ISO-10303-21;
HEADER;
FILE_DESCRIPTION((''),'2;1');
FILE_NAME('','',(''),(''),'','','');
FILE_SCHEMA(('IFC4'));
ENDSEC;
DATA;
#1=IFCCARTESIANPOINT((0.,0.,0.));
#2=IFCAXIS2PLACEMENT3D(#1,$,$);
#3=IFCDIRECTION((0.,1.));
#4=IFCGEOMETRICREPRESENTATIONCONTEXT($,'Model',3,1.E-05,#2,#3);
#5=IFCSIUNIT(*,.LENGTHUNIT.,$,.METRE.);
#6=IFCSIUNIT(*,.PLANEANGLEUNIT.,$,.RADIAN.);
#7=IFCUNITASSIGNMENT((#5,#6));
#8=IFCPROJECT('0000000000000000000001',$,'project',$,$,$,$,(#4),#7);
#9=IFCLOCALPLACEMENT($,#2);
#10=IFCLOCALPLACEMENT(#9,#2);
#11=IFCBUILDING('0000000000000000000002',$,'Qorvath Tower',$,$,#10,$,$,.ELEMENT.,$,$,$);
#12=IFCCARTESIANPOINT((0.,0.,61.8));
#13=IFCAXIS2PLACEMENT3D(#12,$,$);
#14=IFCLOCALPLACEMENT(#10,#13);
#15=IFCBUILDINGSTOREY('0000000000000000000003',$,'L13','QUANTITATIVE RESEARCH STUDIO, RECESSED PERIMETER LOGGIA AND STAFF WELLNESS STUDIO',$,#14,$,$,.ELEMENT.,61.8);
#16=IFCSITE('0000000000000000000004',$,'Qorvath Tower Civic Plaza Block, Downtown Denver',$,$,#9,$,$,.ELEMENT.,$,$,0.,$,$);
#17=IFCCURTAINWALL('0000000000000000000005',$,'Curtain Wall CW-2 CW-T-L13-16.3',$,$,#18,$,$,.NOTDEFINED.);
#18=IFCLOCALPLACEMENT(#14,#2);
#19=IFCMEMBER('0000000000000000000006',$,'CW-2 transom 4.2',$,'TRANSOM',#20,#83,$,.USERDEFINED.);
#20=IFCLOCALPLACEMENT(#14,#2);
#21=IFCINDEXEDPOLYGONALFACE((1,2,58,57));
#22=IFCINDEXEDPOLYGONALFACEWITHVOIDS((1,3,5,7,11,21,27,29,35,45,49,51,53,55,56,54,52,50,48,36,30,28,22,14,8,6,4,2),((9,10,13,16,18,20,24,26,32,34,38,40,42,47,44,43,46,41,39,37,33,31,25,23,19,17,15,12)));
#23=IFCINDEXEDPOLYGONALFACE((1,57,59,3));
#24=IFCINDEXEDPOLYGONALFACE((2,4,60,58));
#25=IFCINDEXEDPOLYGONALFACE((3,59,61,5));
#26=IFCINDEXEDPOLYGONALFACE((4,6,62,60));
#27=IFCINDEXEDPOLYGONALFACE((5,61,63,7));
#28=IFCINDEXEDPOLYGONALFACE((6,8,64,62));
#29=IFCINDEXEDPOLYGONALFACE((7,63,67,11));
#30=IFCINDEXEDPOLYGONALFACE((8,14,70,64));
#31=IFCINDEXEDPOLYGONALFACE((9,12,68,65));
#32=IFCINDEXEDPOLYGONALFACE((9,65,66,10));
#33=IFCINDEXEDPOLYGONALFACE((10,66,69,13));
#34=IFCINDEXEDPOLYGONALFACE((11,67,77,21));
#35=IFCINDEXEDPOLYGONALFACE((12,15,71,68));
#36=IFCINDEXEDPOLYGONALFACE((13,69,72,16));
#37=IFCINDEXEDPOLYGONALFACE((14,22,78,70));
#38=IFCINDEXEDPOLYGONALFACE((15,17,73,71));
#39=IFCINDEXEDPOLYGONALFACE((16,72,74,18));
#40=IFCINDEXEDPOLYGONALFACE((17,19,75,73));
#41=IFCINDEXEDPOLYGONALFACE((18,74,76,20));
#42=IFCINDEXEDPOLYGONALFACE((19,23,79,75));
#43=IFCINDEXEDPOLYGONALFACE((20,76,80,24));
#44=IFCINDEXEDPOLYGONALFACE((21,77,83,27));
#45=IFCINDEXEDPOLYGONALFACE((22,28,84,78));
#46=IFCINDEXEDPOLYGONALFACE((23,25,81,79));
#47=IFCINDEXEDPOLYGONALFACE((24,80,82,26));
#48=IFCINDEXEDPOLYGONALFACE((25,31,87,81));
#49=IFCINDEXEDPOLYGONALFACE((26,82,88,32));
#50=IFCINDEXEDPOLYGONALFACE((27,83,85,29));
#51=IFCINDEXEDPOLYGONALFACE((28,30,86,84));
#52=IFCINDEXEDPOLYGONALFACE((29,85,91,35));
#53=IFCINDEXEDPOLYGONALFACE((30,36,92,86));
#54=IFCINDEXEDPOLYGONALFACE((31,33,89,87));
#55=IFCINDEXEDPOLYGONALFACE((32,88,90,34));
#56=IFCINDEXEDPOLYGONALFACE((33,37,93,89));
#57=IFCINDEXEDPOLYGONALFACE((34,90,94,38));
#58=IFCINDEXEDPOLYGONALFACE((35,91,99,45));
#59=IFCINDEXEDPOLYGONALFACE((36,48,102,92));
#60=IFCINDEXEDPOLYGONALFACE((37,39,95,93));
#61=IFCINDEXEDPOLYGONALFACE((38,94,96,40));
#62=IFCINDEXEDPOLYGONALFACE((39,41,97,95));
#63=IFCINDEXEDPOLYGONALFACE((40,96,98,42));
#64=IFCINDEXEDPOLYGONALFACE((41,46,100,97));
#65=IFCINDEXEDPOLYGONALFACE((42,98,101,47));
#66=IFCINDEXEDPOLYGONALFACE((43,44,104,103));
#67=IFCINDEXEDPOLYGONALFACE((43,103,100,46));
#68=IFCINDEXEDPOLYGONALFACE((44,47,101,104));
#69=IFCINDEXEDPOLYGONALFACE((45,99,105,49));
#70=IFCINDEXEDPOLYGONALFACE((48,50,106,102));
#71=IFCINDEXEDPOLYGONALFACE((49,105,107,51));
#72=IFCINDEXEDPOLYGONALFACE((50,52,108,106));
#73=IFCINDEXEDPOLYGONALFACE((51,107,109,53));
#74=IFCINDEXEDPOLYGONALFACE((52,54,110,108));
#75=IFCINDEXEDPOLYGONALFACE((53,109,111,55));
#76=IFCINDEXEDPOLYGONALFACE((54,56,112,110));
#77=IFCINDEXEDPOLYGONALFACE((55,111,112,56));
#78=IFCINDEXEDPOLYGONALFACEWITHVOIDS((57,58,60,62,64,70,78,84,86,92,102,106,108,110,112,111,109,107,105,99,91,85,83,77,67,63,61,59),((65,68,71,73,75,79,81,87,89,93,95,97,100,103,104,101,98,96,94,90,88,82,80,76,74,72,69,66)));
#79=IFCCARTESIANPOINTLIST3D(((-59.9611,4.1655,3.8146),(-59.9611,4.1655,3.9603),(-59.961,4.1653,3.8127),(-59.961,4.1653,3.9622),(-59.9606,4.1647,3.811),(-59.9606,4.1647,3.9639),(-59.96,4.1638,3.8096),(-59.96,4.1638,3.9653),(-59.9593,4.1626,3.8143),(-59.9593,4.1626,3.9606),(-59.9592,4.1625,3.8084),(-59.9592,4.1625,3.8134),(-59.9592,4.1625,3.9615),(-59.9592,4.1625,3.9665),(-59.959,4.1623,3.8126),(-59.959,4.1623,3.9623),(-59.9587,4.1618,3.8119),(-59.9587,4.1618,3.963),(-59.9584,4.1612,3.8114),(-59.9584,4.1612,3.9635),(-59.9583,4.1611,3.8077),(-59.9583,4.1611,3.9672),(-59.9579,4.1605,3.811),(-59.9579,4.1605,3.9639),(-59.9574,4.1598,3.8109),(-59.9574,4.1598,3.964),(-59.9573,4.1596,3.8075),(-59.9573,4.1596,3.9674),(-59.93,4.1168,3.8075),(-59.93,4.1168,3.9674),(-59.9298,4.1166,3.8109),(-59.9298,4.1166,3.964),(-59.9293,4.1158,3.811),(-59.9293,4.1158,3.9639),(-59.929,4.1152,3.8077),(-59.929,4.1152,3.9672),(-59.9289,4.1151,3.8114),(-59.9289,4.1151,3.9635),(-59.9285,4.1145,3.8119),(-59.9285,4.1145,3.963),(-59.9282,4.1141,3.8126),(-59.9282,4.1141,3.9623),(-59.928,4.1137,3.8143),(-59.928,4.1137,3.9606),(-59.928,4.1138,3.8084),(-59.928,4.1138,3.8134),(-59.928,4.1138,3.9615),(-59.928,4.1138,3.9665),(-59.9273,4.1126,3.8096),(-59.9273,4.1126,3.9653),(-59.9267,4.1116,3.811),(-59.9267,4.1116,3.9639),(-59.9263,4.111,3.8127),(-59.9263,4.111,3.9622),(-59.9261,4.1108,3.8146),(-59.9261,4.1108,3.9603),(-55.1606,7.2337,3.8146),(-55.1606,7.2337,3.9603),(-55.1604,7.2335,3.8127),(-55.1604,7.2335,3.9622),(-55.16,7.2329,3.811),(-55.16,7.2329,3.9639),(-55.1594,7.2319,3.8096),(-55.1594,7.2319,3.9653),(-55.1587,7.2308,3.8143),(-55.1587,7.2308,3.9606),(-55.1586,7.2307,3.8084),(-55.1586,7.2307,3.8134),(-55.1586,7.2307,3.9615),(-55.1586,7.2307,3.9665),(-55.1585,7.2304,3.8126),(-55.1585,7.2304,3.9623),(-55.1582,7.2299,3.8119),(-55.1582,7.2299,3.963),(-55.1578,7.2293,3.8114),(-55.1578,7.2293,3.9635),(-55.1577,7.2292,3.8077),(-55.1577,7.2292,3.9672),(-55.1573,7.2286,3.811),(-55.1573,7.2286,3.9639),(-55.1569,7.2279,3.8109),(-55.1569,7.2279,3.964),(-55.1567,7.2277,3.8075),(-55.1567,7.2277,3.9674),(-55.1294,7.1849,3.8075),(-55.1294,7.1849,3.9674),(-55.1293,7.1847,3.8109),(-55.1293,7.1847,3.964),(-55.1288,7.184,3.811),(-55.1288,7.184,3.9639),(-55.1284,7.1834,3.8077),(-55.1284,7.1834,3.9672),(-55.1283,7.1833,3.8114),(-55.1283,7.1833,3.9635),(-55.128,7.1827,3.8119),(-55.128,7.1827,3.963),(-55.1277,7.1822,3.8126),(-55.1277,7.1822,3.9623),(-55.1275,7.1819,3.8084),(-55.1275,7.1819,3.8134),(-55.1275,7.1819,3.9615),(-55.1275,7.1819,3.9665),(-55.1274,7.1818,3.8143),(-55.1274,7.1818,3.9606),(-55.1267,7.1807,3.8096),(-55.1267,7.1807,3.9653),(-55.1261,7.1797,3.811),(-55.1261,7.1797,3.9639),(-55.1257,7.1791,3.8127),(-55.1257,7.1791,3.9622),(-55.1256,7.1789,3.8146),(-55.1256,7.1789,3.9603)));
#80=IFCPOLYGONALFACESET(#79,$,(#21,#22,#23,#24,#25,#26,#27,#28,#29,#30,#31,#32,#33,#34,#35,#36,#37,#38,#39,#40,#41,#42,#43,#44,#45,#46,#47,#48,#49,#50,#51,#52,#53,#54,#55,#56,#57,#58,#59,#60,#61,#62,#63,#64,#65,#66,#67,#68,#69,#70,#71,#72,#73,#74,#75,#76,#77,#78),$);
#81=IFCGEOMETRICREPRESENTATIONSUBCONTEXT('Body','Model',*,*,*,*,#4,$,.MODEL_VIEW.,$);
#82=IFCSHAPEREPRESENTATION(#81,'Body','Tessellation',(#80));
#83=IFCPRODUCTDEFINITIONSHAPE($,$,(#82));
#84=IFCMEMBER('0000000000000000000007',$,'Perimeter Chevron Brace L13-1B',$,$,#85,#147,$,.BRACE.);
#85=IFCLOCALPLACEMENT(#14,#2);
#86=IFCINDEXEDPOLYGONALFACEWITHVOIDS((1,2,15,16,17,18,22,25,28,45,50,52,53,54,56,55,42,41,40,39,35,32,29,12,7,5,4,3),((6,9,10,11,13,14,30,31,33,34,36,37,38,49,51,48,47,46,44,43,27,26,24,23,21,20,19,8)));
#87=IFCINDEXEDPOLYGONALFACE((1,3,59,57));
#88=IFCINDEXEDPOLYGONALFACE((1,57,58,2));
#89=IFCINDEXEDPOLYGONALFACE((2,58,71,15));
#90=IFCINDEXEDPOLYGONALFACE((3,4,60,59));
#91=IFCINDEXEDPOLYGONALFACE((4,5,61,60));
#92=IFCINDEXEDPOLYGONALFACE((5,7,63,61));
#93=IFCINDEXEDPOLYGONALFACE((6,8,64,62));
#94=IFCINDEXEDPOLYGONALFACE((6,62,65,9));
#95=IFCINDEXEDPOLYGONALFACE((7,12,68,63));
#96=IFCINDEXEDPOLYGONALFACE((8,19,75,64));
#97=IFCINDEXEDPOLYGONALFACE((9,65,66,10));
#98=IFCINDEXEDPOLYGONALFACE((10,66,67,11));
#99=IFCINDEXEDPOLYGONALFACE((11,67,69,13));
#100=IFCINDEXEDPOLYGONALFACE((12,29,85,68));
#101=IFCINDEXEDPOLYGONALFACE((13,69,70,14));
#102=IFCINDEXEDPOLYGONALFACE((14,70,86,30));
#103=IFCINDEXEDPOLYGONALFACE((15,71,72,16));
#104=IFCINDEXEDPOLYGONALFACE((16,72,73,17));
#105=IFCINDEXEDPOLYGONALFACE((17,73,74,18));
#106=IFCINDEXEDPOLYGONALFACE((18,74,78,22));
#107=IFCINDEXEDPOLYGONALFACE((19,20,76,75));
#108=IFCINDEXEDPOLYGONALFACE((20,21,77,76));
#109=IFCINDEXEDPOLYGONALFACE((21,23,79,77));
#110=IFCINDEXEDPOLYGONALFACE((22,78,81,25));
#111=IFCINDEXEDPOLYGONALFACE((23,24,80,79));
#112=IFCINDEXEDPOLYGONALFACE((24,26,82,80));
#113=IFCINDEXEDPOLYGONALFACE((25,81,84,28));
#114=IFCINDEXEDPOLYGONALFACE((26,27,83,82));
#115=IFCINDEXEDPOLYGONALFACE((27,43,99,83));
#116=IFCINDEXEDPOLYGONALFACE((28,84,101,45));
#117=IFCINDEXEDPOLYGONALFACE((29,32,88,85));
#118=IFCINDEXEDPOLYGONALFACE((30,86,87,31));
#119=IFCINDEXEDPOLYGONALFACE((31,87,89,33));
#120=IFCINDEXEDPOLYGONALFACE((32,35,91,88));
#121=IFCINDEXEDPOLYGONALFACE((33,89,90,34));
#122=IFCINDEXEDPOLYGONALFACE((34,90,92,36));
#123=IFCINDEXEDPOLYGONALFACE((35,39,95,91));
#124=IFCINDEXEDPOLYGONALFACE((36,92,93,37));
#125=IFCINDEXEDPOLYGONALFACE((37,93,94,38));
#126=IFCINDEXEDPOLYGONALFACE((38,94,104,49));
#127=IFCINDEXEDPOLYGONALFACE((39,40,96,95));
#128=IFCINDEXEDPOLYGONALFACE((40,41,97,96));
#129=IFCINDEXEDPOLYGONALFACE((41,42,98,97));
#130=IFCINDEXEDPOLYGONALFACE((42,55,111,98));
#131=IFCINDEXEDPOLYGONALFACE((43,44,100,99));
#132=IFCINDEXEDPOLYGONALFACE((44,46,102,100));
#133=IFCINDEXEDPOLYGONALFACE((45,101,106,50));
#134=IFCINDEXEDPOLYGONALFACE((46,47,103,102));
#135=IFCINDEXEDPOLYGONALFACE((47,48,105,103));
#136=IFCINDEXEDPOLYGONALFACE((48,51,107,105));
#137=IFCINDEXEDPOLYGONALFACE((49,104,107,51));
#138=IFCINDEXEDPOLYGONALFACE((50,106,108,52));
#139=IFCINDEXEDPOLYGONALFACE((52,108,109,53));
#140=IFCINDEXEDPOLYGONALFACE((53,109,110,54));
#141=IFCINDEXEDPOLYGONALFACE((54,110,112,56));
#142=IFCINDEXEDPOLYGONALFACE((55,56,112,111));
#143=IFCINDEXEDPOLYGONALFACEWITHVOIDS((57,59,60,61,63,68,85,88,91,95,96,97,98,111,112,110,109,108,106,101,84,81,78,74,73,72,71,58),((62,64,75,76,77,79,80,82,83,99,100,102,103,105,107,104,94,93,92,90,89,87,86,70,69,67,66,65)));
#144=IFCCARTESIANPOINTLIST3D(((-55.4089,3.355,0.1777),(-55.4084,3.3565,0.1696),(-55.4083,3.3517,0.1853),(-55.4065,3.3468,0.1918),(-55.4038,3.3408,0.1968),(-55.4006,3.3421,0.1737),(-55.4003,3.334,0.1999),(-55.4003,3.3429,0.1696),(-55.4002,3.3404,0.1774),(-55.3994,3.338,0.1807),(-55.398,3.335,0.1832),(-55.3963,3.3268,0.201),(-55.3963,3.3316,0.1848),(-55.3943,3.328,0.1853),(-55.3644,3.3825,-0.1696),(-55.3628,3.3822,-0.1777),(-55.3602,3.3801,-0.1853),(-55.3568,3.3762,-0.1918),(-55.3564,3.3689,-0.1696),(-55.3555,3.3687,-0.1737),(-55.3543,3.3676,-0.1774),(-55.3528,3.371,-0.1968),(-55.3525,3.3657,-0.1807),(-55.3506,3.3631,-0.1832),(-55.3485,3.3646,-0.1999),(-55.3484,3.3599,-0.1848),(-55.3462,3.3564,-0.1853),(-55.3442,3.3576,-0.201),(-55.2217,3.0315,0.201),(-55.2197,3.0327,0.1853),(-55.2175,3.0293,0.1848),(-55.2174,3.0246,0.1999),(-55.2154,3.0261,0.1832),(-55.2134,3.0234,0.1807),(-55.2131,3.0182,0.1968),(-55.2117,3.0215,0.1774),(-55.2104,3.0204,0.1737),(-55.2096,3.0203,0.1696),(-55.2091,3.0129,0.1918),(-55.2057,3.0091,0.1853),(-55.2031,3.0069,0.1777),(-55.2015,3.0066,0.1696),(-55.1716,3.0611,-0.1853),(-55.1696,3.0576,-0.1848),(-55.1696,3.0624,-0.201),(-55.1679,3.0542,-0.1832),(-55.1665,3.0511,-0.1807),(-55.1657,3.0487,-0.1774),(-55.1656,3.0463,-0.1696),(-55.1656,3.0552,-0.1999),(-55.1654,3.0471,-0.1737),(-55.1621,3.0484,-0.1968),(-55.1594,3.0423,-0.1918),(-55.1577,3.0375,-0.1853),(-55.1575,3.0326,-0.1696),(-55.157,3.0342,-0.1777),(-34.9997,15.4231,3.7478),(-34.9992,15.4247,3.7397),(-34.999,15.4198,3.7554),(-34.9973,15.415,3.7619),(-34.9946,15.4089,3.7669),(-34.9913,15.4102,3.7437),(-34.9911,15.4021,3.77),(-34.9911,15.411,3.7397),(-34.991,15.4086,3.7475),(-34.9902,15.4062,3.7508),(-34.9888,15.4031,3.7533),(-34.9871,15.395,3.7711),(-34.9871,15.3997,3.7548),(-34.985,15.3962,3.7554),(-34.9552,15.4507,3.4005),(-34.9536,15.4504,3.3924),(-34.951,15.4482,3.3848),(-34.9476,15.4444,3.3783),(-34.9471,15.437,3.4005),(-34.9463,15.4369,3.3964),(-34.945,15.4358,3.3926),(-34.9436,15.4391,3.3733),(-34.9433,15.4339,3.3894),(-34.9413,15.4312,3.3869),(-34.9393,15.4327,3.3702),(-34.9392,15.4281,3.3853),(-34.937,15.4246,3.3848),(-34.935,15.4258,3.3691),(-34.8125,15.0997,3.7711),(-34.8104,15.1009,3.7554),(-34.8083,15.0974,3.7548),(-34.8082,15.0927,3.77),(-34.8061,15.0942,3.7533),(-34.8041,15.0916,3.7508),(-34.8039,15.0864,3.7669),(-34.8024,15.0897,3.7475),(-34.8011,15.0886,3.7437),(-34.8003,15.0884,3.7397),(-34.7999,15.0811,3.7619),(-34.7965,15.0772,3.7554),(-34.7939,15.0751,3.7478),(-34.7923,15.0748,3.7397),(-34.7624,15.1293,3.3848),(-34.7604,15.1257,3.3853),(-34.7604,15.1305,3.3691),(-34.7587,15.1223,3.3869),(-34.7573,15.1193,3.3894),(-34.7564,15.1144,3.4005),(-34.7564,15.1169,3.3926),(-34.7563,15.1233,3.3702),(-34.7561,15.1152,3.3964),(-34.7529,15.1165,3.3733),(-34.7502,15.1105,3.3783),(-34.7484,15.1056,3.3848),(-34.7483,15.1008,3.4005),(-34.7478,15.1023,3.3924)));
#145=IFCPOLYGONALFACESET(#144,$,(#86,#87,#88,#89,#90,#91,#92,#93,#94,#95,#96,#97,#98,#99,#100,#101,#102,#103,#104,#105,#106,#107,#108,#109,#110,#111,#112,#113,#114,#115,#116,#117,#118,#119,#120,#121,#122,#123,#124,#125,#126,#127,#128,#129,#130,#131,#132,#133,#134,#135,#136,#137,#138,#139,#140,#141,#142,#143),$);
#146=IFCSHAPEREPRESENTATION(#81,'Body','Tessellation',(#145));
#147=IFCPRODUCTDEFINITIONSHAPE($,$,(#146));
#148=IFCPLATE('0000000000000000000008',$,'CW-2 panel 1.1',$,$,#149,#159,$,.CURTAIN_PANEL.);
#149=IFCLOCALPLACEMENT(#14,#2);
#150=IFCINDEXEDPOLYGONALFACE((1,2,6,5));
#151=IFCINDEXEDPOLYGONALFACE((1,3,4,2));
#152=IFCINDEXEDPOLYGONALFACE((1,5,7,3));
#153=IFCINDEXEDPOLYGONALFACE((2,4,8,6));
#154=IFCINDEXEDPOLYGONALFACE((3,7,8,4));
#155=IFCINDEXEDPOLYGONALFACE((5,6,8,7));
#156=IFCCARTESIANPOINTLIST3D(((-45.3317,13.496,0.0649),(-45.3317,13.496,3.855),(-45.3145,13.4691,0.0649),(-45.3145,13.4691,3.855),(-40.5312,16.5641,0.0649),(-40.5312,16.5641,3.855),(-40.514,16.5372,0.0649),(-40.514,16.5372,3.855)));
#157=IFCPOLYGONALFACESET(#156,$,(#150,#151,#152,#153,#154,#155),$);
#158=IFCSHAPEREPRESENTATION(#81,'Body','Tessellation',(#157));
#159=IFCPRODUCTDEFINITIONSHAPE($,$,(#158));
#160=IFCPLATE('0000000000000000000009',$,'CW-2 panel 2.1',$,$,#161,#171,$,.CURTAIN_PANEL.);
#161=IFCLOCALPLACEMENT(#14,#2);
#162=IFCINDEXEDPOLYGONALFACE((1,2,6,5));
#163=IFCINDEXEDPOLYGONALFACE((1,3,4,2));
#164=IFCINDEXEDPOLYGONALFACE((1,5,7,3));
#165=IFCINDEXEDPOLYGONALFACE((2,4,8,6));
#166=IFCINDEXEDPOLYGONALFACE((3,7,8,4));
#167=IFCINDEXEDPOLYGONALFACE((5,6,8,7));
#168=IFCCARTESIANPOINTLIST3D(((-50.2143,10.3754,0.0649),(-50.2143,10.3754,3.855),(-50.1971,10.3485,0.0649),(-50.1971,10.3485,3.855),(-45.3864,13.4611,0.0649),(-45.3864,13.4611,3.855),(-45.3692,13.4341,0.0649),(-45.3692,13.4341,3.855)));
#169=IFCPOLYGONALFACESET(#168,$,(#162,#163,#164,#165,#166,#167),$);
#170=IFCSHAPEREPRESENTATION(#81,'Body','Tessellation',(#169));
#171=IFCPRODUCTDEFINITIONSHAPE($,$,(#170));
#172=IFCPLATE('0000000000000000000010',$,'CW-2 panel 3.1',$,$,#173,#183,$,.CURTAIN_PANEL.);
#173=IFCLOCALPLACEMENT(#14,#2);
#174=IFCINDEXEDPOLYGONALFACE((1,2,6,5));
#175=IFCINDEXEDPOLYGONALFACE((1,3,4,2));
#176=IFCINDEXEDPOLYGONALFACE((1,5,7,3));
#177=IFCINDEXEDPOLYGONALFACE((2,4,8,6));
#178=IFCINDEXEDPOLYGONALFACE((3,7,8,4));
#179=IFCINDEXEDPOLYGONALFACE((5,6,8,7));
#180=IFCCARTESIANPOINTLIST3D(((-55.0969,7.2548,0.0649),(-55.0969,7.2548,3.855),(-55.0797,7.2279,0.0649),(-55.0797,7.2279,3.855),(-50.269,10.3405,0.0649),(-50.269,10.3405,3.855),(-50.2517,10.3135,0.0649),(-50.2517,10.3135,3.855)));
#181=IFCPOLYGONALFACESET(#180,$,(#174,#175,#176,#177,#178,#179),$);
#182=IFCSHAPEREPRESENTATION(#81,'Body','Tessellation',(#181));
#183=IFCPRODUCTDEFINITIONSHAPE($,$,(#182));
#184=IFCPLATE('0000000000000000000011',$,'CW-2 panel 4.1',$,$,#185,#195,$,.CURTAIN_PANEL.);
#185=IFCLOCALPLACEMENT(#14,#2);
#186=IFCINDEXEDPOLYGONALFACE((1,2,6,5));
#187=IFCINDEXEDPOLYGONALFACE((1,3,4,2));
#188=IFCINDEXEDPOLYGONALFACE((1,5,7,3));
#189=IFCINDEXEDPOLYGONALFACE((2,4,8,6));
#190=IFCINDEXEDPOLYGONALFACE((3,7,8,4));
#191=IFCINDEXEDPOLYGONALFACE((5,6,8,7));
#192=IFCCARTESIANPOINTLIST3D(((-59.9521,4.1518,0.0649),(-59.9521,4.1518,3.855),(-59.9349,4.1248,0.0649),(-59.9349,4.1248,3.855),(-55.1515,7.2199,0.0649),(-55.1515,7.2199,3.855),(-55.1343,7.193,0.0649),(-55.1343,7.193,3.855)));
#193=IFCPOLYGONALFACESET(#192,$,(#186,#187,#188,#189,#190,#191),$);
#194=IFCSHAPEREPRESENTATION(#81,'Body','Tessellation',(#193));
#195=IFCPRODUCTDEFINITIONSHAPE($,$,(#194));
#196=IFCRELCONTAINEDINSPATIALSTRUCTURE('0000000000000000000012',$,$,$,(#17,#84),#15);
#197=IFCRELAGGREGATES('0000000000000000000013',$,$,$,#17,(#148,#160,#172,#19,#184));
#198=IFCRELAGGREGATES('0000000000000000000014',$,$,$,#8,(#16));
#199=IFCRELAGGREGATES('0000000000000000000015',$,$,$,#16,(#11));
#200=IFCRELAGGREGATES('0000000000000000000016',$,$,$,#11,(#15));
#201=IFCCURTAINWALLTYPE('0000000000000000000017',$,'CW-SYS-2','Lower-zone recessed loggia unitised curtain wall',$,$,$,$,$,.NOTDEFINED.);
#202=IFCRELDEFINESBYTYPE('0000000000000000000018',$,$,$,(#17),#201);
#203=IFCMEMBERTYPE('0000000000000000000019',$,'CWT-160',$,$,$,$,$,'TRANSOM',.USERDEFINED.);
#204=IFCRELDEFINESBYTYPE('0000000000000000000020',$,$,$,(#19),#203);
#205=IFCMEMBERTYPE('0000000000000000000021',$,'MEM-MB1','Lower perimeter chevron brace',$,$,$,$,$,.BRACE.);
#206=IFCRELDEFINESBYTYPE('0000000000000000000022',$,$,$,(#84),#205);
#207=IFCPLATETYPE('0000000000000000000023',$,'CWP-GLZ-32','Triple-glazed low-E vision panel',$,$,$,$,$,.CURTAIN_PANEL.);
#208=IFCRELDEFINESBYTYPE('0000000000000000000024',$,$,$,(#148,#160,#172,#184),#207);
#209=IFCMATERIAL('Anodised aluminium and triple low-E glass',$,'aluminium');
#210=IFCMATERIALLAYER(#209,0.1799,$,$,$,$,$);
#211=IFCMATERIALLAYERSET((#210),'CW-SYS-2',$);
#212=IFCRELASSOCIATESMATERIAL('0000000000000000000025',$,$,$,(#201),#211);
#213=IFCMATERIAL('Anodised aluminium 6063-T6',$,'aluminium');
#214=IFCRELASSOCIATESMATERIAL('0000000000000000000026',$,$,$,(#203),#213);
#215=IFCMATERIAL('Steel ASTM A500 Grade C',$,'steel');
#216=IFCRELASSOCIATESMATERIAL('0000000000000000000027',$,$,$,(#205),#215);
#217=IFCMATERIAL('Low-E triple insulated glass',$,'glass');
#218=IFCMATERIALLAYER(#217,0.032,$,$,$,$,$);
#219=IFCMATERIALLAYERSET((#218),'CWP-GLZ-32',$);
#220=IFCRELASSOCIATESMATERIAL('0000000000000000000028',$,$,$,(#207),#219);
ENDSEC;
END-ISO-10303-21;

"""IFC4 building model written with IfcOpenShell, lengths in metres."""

from ifc_helpers import new_model, si_unit, direction, frame, origin, origin_2d, place, context, subcontext, project, spatial, rectangle, hollow_rectangle, extrude, material, layer, layer_set, material_profile, profile_set, type_object, element, aggregate, save


model = new_model("IFC4")

# Units and contexts
model_context = context("Model", 3, precision=1e-05, world=origin(), true_north=direction((0.0, 1.0)))
body_context = subcontext(model_context, "Body", "Model", "MODEL_VIEW")
ifc_project = project(units=[si_unit("LENGTHUNIT", "METRE"), si_unit("PLANEANGLEUNIT", "RADIAN")], contexts=[model_context])

# Site, building, storey
site_placement = place(None, origin())
site = spatial("IfcSite", under=ifc_project, at=site_placement, Name="Qorvath Tower Civic Plaza Block, Downtown Denver", CompositionType="ELEMENT", RefElevation=0.0)
building_placement = place(site_placement, origin())
building = spatial("IfcBuilding", under=site, at=building_placement, Name="Qorvath Tower", CompositionType="ELEMENT")
storey_placement = place(building_placement, frame((0.0, 0.0, 61.8)))
storey = spatial("IfcBuildingStorey", under=building, at=storey_placement, Name="L13", Description="QUANTITATIVE RESEARCH STUDIO, RECESSED PERIMETER LOGGIA AND STAFF WELLNESS STUDIO", CompositionType="ELEMENT", Elevation=61.8)

# Curtain wall, member
ifc_material_1 = material(Name="Anodised aluminium and triple low-E glass", Category="aluminium")
ifc_layer_1 = layer(ifc_material_1, 0.1799)
ifc_layer_set_1 = layer_set([ifc_layer_1], Name="CW-SYS-2")
curtain_wall_type = type_object("IfcCurtainWallType", Name="CW-SYS-2", Description="Lower-zone recessed loggia unitised curtain wall", PredefinedType="NOTDEFINED", material=ifc_layer_set_1)
curtain_wall_placement = place(storey_placement, origin())
curtain_wall = element("IfcCurtainWall", 1, at=curtain_wall_placement, inside=storey, type_object=curtain_wall_type, Name="Curtain Wall CW-2 CW-T-L13-16.3", PredefinedType="NOTDEFINED")
ifc_material_2 = material(Name="Anodised aluminium 6063-T6", Category="aluminium")
ifc_material_profile_1 = material_profile(ifc_material_2, hollow_rectangle(XDim=0.0649, YDim=0.1599, WallThickness=0.0034, InnerFilletRadius=0.0034, OuterFilletRadius=0.0071, at=origin_2d()), Name="CWT 160x65")
ifc_profile_set_1 = profile_set([ifc_material_profile_1], Name="Anodised aluminium 6063-T6")
member_type_1 = type_object("IfcMemberType", Name="CWT-160", ElementType="TRANSOM", PredefinedType="USERDEFINED", material=ifc_profile_set_1)
member_1_placement = place(storey_placement, frame((-55.1431, 7.2063, 3.8875), z_axis=(-0.842608, -0.538527, 0.0), x_axis=(0.538527, -0.842608, 0.0)))
member_1 = element("IfcMember", 2, at=member_1_placement, type_object=member_type_1, Name="CW-2 transom 4.2", ObjectType="TRANSOM", PredefinedType="USERDEFINED", context=body_context, shape_type="SweptSolid", body=[
    extrude(hollow_rectangle(XDim=0.0649, YDim=0.1599, WallThickness=0.0034, InnerFilletRadius=0.0034, OuterFilletRadius=0.0071, at=origin_2d()), origin(), (0.0, 0.0, 1.0), 5.6973),
])

# Member
ifc_material_3 = material(Name="Steel ASTM A500 Grade C", Category="steel")
ifc_material_profile_2 = material_profile(ifc_material_3, hollow_rectangle(XDim=0.4065, YDim=0.4065, WallThickness=0.0159, InnerFilletRadius=0.0159, OuterFilletRadius=0.0317, at=origin_2d()), Name="HSS 406x406x16")
ifc_profile_set_2 = profile_set([ifc_material_profile_2], Name="Steel ASTM A500 Grade C")
member_type_2 = type_object("IfcMemberType", Name="MEM-MB1", Description="Lower perimeter chevron brace", PredefinedType="BRACE", material=ifc_profile_set_2)
member_2_placement = place(storey_placement, frame((-55.283, 3.1946, 0.0), z_axis=(0.851181, 0.50331, 0.148893), x_axis=(-0.508984, 0.860776, 0.0)))
element("IfcMember", 3, at=member_2_placement, inside=storey, type_object=member_type_2, Name="Perimeter Chevron Brace L13-1B", PredefinedType="BRACE", context=body_context, shape_type="SweptSolid", body=[
    extrude(hollow_rectangle(XDim=0.4065, YDim=0.4065, WallThickness=0.0159, InnerFilletRadius=0.0159, OuterFilletRadius=0.0317, at=origin_2d()), origin(), (0.0, 0.0, 1.0), 23.9775),
])

# Plates
ifc_material_4 = material(Name="Low-E triple insulated glass", Category="glass")
ifc_layer_2 = layer(ifc_material_4, 0.032)
ifc_layer_set_2 = layer_set([ifc_layer_2], Name="CWP-GLZ-32")
plate_type_1 = type_object("IfcPlateType", Name="CWP-GLZ-32", Description="Triple-glazed low-E vision panel", PredefinedType="CURTAIN_PANEL", material=ifc_layer_set_2)
plate_1_placement = place(storey_placement, frame((-42.9229, 15.0166, 0.0649), z_axis=(0.0, 0.0, 1.0), x_axis=(-0.842607, -0.53853, 0.0)))
plate_1 = element("IfcPlate", 4, at=plate_1_placement, type_object=plate_type_1, Name="CW-2 panel 1.1", PredefinedType="CURTAIN_PANEL", context=body_context, shape_type="SweptSolid", body=[
    extrude(rectangle(XDim=5.6973, YDim=0.032, at=origin_2d()), origin(), (0.0, 0.0, 1.0), 3.79),
])
plate_2_placement = place(storey_placement, frame((-47.7917, 11.9048, 0.0649), z_axis=(0.0, 0.0, 1.0), x_axis=(-0.842607, -0.53853, 0.0)))
plate_2 = element("IfcPlate", 5, at=plate_2_placement, type_object=plate_type_1, Name="CW-2 panel 2.1", PredefinedType="CURTAIN_PANEL", context=body_context, shape_type="SweptSolid", body=[
    extrude(rectangle(XDim=5.7297, YDim=0.032, at=origin_2d()), origin(), (0.0, 0.0, 1.0), 3.79),
])
plate_3_placement = place(storey_placement, frame((-52.6743, 8.7842, 0.0649), z_axis=(0.0, 0.0, 1.0), x_axis=(-0.842607, -0.53853, 0.0)))
plate_3 = element("IfcPlate", 6, at=plate_3_placement, type_object=plate_type_1, Name="CW-2 panel 3.1", PredefinedType="CURTAIN_PANEL", context=body_context, shape_type="SweptSolid", body=[
    extrude(rectangle(XDim=5.7297, YDim=0.032, at=origin_2d()), origin(), (0.0, 0.0, 1.0), 3.79),
])
plate_4_placement = place(storey_placement, frame((-57.5432, 5.6724, 0.0649), z_axis=(0.0, 0.0, 1.0), x_axis=(-0.842607, -0.53853, 0.0)))
plate_4 = element("IfcPlate", 7, at=plate_4_placement, type_object=plate_type_1, Name="CW-2 panel 4.1", PredefinedType="CURTAIN_PANEL", context=body_context, shape_type="SweptSolid", body=[
    extrude(rectangle(XDim=5.6973, YDim=0.032, at=origin_2d()), origin(), (0.0, 0.0, 1.0), 3.79),
])
aggregate(curtain_wall, [plate_1, plate_2, plate_3, member_1, plate_4])

save(model, "model.ifc")
